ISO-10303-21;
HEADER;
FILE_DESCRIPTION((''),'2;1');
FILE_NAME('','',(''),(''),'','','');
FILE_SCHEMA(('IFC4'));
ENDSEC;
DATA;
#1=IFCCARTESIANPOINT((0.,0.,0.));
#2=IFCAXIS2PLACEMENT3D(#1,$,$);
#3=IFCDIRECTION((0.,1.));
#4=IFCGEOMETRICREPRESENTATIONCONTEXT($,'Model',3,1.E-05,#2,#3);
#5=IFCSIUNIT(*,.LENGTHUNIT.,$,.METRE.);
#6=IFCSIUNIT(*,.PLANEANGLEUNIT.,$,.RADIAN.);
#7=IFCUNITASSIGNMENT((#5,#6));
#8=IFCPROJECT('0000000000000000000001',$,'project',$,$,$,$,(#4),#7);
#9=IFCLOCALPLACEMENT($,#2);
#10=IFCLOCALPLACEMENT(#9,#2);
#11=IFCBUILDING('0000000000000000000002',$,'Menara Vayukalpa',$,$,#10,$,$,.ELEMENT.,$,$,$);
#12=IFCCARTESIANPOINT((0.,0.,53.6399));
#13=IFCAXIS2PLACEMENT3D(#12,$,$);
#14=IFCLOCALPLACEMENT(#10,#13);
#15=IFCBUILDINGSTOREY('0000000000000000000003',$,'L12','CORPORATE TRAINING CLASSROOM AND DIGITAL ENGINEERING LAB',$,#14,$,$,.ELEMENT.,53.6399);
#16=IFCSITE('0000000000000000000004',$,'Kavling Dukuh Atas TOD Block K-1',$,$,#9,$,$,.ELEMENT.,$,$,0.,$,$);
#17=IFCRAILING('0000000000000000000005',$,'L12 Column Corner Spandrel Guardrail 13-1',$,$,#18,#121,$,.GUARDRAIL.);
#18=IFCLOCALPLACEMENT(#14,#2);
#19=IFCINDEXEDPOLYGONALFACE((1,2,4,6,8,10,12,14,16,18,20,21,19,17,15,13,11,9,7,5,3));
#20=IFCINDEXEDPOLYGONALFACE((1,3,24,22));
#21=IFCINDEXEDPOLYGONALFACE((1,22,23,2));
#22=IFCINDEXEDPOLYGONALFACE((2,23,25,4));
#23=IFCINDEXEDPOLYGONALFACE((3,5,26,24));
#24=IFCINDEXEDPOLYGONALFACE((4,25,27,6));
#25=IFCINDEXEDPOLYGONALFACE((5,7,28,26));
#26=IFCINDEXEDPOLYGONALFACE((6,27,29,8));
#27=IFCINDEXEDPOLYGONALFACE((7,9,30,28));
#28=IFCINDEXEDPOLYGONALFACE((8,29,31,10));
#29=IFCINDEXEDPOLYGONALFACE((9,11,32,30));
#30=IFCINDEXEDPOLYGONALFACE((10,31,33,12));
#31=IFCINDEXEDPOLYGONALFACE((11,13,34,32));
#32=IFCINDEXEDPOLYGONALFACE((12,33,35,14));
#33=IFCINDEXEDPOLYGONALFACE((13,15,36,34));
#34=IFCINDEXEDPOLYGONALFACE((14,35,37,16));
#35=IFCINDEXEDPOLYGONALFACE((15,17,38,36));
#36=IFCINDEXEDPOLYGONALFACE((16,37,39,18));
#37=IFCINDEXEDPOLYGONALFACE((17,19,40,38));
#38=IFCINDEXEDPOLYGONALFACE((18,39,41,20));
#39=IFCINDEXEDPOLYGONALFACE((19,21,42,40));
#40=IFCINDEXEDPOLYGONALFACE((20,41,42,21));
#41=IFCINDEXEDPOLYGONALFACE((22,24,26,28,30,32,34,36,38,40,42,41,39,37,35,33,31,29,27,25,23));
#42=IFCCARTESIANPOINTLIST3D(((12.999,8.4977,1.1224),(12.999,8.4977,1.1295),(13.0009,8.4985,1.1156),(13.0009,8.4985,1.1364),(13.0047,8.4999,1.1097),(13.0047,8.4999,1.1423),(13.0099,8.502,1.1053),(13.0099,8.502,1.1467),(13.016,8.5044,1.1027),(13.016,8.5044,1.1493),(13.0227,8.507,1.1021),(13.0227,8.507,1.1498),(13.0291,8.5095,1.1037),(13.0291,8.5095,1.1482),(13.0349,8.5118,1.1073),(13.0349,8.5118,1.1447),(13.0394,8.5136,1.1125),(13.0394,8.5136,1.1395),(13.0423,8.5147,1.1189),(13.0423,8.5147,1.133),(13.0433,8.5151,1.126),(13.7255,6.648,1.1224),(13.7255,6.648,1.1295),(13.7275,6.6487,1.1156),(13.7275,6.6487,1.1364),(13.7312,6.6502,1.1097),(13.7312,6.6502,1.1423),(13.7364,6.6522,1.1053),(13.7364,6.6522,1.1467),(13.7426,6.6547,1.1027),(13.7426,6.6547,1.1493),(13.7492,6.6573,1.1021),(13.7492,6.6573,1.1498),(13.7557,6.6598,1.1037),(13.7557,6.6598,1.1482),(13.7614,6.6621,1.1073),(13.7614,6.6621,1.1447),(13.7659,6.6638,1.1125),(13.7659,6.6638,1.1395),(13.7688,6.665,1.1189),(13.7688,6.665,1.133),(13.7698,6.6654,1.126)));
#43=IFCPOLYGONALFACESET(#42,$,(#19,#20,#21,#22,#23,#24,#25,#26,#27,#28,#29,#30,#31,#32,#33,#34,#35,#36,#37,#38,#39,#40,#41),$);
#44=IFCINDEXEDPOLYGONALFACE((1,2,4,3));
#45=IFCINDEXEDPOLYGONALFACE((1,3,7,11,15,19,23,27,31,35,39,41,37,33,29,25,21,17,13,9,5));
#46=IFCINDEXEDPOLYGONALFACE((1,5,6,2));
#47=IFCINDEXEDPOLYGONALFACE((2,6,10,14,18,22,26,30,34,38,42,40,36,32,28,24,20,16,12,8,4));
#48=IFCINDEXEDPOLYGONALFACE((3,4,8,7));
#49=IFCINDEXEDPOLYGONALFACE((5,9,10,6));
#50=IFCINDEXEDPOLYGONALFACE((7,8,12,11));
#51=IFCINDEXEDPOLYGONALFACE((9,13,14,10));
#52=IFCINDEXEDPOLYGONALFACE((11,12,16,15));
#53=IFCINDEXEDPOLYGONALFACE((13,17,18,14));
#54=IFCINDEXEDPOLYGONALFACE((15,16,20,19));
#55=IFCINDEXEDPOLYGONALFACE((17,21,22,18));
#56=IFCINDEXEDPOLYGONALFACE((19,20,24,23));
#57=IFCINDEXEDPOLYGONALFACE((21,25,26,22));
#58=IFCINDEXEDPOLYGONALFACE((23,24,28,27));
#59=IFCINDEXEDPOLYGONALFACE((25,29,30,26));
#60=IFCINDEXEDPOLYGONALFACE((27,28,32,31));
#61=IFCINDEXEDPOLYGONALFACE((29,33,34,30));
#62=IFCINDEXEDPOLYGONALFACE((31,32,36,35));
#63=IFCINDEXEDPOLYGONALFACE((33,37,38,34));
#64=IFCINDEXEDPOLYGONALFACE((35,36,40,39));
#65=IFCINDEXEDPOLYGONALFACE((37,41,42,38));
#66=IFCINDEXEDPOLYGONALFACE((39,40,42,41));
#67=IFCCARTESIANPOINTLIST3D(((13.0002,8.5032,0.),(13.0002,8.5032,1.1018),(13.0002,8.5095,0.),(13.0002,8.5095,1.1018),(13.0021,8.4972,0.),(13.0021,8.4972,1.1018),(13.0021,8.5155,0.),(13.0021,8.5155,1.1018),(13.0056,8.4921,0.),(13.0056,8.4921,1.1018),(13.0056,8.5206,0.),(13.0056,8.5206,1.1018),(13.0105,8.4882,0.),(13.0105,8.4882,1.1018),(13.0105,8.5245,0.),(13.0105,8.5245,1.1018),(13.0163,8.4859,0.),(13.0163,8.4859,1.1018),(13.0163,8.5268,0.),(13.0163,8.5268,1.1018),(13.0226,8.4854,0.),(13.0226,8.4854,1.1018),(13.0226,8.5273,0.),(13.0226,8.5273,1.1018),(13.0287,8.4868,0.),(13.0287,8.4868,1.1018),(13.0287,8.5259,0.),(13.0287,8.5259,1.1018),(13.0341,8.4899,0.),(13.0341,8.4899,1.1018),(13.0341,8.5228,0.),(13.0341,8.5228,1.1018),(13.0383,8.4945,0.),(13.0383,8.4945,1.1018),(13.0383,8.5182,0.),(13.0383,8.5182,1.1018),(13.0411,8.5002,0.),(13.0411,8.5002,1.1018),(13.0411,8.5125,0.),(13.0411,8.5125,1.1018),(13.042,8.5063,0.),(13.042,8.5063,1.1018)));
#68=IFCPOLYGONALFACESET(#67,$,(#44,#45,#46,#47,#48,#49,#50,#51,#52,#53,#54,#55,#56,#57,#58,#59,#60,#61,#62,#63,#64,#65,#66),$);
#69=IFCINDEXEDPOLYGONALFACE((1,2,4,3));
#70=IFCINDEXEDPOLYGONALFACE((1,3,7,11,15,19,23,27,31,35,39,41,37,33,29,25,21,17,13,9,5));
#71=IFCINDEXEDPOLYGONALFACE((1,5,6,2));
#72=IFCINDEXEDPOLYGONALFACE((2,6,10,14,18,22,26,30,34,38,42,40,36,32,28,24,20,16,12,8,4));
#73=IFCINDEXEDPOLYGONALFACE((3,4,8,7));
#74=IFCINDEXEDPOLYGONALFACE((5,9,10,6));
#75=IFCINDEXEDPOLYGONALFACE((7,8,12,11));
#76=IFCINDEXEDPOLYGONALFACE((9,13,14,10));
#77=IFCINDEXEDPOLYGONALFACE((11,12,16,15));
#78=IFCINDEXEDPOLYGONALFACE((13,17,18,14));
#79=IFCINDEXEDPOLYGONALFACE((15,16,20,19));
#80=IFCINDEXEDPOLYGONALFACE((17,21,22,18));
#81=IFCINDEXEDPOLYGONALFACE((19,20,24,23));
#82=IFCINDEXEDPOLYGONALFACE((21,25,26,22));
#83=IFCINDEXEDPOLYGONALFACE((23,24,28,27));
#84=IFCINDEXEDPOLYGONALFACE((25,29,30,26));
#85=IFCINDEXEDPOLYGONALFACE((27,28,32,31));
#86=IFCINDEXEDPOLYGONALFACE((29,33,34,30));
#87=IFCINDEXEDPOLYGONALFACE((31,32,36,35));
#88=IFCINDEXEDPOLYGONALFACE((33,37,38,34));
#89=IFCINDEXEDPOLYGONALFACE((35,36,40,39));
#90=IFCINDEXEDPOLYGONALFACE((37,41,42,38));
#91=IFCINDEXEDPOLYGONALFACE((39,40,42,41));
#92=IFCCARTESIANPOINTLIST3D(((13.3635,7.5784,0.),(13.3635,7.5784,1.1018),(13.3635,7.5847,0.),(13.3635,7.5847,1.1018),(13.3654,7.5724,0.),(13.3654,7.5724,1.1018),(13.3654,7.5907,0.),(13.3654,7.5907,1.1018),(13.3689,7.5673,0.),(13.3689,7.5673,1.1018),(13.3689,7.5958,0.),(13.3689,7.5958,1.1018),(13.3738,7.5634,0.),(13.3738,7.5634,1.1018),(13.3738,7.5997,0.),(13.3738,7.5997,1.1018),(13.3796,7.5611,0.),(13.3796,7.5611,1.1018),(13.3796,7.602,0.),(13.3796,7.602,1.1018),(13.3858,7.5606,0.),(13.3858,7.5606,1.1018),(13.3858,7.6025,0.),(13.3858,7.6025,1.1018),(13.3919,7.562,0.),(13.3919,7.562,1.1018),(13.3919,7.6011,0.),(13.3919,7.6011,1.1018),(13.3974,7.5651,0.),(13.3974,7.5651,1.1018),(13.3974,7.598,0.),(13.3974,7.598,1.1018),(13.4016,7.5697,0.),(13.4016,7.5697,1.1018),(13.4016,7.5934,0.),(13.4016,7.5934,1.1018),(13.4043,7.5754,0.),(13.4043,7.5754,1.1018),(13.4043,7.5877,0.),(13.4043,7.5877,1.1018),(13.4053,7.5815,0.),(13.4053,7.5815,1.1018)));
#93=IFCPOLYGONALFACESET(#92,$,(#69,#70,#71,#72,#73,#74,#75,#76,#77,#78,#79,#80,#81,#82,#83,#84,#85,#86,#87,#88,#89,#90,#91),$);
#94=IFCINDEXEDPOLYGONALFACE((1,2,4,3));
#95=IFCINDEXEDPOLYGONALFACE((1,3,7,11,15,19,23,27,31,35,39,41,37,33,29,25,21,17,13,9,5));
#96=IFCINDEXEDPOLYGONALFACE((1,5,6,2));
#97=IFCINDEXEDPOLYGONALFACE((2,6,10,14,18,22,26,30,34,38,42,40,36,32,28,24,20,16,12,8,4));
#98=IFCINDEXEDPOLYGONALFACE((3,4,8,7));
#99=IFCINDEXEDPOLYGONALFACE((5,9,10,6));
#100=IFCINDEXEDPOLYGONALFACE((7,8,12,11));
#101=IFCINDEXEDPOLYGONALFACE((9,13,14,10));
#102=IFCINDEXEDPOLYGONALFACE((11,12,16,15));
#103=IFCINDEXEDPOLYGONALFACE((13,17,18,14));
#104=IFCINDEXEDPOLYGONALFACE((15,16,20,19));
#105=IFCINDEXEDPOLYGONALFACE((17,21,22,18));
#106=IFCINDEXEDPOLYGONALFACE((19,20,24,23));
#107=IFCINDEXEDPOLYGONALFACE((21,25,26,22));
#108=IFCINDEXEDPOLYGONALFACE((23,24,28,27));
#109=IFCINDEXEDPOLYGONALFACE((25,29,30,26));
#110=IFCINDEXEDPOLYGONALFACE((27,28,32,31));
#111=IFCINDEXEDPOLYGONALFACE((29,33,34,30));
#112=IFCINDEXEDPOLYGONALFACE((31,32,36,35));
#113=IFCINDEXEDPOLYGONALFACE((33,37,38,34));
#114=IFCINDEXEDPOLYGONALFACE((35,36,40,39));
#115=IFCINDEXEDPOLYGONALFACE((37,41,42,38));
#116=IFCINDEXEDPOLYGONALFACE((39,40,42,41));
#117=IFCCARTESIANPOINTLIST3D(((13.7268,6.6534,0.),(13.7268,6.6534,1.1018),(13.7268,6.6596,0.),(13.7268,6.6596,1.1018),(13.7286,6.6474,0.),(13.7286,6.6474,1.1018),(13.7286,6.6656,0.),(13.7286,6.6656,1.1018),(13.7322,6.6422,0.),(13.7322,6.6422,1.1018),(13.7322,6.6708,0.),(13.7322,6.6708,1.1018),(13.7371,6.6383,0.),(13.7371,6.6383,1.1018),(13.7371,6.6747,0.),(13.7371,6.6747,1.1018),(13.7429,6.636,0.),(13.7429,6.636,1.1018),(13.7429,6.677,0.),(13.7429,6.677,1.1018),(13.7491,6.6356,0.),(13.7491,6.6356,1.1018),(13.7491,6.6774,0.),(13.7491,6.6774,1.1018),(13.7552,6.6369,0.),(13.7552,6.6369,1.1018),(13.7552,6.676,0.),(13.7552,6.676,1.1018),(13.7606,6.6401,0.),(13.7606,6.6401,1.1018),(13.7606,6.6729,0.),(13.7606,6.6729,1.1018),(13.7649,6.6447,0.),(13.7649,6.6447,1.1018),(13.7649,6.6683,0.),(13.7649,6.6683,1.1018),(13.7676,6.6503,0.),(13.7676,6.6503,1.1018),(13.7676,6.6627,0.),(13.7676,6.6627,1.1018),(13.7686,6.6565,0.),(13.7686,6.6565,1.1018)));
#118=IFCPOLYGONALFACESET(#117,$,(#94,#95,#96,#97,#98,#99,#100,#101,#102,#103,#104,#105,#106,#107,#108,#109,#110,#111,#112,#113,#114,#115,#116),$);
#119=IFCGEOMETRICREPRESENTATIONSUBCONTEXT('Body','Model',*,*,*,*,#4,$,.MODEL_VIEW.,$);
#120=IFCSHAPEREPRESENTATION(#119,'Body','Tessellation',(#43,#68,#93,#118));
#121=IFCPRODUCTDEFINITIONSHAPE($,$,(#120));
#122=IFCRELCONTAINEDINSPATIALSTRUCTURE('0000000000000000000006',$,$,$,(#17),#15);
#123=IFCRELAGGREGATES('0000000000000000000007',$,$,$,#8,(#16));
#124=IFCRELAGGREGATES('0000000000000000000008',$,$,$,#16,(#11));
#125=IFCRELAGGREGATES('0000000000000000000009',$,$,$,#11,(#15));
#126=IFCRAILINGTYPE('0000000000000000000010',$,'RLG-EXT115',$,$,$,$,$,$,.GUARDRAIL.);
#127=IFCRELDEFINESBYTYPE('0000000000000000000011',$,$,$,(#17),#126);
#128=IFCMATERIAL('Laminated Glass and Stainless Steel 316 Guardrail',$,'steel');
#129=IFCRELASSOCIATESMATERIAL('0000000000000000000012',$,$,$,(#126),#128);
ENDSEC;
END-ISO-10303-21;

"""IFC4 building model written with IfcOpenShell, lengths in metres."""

from ifc_helpers import new_model, si_unit, direction, frame, origin, origin_2d, place, context, subcontext, project, spatial, circle, extrude, material, type_object, element, save


model = new_model("IFC4")

# Units and contexts
model_context = context("Model", 3, precision=1e-05, world=origin(), true_north=direction((0.0, 1.0)))
body_context = subcontext(model_context, "Body", "Model", "MODEL_VIEW")
ifc_project = project(units=[si_unit("LENGTHUNIT", "METRE"), si_unit("PLANEANGLEUNIT", "RADIAN")], contexts=[model_context])

# Site, building, storey
site_placement = place(None, origin())
site = spatial("IfcSite", under=ifc_project, at=site_placement, Name="Kavling Dukuh Atas TOD Block K-1", CompositionType="ELEMENT", RefElevation=0.0)
building_placement = place(site_placement, origin())
building = spatial("IfcBuilding", under=site, at=building_placement, Name="Menara Vayukalpa", CompositionType="ELEMENT")
storey_placement = place(building_placement, frame((0.0, 0.0, 53.6399)))
storey = spatial("IfcBuildingStorey", under=building, at=storey_placement, Name="L12", Description="CORPORATE TRAINING CLASSROOM AND DIGITAL ENGINEERING LAB", CompositionType="ELEMENT", Elevation=53.6399)

# Railing
ifc_material_1 = material(Name="Laminated Glass and Stainless Steel 316 Guardrail", Category="steel")
railing_type = type_object("IfcRailingType", Name="RLG-EXT115", PredefinedType="GUARDRAIL", material=ifc_material_1)
railing_1_placement = place(storey_placement, frame((13.021, 8.5063, 0.0)))
element("IfcRailing", 1, at=railing_1_placement, inside=storey, type_object=railing_type, Name="L12 Column Corner Spandrel Guardrail 13-1", PredefinedType="GUARDRAIL", context=body_context, shape_type="SweptSolid", body=[
    extrude(circle(Radius=0.0239, at=origin_2d()), frame((0.0, 0.0, 1.126), z_axis=(0.36558, -0.93078, 0.0), x_axis=(0.93078, 0.36558, 0.0)), (0.0, 0.0, 1.0), 1.9873),
    extrude(circle(Radius=0.021, at=origin_2d()), origin(), (0.0, 0.0, 1.0), 1.1018),
    extrude(circle(Radius=0.021, at=origin_2d()), frame((0.3633, -0.9248, 0.0)), (0.0, 0.0, 1.0), 1.1018),
    extrude(circle(Radius=0.021, at=origin_2d()), frame((0.7266, -1.8499, 0.0)), (0.0, 0.0, 1.0), 1.1018),
])

save(model, "model.ifc")
